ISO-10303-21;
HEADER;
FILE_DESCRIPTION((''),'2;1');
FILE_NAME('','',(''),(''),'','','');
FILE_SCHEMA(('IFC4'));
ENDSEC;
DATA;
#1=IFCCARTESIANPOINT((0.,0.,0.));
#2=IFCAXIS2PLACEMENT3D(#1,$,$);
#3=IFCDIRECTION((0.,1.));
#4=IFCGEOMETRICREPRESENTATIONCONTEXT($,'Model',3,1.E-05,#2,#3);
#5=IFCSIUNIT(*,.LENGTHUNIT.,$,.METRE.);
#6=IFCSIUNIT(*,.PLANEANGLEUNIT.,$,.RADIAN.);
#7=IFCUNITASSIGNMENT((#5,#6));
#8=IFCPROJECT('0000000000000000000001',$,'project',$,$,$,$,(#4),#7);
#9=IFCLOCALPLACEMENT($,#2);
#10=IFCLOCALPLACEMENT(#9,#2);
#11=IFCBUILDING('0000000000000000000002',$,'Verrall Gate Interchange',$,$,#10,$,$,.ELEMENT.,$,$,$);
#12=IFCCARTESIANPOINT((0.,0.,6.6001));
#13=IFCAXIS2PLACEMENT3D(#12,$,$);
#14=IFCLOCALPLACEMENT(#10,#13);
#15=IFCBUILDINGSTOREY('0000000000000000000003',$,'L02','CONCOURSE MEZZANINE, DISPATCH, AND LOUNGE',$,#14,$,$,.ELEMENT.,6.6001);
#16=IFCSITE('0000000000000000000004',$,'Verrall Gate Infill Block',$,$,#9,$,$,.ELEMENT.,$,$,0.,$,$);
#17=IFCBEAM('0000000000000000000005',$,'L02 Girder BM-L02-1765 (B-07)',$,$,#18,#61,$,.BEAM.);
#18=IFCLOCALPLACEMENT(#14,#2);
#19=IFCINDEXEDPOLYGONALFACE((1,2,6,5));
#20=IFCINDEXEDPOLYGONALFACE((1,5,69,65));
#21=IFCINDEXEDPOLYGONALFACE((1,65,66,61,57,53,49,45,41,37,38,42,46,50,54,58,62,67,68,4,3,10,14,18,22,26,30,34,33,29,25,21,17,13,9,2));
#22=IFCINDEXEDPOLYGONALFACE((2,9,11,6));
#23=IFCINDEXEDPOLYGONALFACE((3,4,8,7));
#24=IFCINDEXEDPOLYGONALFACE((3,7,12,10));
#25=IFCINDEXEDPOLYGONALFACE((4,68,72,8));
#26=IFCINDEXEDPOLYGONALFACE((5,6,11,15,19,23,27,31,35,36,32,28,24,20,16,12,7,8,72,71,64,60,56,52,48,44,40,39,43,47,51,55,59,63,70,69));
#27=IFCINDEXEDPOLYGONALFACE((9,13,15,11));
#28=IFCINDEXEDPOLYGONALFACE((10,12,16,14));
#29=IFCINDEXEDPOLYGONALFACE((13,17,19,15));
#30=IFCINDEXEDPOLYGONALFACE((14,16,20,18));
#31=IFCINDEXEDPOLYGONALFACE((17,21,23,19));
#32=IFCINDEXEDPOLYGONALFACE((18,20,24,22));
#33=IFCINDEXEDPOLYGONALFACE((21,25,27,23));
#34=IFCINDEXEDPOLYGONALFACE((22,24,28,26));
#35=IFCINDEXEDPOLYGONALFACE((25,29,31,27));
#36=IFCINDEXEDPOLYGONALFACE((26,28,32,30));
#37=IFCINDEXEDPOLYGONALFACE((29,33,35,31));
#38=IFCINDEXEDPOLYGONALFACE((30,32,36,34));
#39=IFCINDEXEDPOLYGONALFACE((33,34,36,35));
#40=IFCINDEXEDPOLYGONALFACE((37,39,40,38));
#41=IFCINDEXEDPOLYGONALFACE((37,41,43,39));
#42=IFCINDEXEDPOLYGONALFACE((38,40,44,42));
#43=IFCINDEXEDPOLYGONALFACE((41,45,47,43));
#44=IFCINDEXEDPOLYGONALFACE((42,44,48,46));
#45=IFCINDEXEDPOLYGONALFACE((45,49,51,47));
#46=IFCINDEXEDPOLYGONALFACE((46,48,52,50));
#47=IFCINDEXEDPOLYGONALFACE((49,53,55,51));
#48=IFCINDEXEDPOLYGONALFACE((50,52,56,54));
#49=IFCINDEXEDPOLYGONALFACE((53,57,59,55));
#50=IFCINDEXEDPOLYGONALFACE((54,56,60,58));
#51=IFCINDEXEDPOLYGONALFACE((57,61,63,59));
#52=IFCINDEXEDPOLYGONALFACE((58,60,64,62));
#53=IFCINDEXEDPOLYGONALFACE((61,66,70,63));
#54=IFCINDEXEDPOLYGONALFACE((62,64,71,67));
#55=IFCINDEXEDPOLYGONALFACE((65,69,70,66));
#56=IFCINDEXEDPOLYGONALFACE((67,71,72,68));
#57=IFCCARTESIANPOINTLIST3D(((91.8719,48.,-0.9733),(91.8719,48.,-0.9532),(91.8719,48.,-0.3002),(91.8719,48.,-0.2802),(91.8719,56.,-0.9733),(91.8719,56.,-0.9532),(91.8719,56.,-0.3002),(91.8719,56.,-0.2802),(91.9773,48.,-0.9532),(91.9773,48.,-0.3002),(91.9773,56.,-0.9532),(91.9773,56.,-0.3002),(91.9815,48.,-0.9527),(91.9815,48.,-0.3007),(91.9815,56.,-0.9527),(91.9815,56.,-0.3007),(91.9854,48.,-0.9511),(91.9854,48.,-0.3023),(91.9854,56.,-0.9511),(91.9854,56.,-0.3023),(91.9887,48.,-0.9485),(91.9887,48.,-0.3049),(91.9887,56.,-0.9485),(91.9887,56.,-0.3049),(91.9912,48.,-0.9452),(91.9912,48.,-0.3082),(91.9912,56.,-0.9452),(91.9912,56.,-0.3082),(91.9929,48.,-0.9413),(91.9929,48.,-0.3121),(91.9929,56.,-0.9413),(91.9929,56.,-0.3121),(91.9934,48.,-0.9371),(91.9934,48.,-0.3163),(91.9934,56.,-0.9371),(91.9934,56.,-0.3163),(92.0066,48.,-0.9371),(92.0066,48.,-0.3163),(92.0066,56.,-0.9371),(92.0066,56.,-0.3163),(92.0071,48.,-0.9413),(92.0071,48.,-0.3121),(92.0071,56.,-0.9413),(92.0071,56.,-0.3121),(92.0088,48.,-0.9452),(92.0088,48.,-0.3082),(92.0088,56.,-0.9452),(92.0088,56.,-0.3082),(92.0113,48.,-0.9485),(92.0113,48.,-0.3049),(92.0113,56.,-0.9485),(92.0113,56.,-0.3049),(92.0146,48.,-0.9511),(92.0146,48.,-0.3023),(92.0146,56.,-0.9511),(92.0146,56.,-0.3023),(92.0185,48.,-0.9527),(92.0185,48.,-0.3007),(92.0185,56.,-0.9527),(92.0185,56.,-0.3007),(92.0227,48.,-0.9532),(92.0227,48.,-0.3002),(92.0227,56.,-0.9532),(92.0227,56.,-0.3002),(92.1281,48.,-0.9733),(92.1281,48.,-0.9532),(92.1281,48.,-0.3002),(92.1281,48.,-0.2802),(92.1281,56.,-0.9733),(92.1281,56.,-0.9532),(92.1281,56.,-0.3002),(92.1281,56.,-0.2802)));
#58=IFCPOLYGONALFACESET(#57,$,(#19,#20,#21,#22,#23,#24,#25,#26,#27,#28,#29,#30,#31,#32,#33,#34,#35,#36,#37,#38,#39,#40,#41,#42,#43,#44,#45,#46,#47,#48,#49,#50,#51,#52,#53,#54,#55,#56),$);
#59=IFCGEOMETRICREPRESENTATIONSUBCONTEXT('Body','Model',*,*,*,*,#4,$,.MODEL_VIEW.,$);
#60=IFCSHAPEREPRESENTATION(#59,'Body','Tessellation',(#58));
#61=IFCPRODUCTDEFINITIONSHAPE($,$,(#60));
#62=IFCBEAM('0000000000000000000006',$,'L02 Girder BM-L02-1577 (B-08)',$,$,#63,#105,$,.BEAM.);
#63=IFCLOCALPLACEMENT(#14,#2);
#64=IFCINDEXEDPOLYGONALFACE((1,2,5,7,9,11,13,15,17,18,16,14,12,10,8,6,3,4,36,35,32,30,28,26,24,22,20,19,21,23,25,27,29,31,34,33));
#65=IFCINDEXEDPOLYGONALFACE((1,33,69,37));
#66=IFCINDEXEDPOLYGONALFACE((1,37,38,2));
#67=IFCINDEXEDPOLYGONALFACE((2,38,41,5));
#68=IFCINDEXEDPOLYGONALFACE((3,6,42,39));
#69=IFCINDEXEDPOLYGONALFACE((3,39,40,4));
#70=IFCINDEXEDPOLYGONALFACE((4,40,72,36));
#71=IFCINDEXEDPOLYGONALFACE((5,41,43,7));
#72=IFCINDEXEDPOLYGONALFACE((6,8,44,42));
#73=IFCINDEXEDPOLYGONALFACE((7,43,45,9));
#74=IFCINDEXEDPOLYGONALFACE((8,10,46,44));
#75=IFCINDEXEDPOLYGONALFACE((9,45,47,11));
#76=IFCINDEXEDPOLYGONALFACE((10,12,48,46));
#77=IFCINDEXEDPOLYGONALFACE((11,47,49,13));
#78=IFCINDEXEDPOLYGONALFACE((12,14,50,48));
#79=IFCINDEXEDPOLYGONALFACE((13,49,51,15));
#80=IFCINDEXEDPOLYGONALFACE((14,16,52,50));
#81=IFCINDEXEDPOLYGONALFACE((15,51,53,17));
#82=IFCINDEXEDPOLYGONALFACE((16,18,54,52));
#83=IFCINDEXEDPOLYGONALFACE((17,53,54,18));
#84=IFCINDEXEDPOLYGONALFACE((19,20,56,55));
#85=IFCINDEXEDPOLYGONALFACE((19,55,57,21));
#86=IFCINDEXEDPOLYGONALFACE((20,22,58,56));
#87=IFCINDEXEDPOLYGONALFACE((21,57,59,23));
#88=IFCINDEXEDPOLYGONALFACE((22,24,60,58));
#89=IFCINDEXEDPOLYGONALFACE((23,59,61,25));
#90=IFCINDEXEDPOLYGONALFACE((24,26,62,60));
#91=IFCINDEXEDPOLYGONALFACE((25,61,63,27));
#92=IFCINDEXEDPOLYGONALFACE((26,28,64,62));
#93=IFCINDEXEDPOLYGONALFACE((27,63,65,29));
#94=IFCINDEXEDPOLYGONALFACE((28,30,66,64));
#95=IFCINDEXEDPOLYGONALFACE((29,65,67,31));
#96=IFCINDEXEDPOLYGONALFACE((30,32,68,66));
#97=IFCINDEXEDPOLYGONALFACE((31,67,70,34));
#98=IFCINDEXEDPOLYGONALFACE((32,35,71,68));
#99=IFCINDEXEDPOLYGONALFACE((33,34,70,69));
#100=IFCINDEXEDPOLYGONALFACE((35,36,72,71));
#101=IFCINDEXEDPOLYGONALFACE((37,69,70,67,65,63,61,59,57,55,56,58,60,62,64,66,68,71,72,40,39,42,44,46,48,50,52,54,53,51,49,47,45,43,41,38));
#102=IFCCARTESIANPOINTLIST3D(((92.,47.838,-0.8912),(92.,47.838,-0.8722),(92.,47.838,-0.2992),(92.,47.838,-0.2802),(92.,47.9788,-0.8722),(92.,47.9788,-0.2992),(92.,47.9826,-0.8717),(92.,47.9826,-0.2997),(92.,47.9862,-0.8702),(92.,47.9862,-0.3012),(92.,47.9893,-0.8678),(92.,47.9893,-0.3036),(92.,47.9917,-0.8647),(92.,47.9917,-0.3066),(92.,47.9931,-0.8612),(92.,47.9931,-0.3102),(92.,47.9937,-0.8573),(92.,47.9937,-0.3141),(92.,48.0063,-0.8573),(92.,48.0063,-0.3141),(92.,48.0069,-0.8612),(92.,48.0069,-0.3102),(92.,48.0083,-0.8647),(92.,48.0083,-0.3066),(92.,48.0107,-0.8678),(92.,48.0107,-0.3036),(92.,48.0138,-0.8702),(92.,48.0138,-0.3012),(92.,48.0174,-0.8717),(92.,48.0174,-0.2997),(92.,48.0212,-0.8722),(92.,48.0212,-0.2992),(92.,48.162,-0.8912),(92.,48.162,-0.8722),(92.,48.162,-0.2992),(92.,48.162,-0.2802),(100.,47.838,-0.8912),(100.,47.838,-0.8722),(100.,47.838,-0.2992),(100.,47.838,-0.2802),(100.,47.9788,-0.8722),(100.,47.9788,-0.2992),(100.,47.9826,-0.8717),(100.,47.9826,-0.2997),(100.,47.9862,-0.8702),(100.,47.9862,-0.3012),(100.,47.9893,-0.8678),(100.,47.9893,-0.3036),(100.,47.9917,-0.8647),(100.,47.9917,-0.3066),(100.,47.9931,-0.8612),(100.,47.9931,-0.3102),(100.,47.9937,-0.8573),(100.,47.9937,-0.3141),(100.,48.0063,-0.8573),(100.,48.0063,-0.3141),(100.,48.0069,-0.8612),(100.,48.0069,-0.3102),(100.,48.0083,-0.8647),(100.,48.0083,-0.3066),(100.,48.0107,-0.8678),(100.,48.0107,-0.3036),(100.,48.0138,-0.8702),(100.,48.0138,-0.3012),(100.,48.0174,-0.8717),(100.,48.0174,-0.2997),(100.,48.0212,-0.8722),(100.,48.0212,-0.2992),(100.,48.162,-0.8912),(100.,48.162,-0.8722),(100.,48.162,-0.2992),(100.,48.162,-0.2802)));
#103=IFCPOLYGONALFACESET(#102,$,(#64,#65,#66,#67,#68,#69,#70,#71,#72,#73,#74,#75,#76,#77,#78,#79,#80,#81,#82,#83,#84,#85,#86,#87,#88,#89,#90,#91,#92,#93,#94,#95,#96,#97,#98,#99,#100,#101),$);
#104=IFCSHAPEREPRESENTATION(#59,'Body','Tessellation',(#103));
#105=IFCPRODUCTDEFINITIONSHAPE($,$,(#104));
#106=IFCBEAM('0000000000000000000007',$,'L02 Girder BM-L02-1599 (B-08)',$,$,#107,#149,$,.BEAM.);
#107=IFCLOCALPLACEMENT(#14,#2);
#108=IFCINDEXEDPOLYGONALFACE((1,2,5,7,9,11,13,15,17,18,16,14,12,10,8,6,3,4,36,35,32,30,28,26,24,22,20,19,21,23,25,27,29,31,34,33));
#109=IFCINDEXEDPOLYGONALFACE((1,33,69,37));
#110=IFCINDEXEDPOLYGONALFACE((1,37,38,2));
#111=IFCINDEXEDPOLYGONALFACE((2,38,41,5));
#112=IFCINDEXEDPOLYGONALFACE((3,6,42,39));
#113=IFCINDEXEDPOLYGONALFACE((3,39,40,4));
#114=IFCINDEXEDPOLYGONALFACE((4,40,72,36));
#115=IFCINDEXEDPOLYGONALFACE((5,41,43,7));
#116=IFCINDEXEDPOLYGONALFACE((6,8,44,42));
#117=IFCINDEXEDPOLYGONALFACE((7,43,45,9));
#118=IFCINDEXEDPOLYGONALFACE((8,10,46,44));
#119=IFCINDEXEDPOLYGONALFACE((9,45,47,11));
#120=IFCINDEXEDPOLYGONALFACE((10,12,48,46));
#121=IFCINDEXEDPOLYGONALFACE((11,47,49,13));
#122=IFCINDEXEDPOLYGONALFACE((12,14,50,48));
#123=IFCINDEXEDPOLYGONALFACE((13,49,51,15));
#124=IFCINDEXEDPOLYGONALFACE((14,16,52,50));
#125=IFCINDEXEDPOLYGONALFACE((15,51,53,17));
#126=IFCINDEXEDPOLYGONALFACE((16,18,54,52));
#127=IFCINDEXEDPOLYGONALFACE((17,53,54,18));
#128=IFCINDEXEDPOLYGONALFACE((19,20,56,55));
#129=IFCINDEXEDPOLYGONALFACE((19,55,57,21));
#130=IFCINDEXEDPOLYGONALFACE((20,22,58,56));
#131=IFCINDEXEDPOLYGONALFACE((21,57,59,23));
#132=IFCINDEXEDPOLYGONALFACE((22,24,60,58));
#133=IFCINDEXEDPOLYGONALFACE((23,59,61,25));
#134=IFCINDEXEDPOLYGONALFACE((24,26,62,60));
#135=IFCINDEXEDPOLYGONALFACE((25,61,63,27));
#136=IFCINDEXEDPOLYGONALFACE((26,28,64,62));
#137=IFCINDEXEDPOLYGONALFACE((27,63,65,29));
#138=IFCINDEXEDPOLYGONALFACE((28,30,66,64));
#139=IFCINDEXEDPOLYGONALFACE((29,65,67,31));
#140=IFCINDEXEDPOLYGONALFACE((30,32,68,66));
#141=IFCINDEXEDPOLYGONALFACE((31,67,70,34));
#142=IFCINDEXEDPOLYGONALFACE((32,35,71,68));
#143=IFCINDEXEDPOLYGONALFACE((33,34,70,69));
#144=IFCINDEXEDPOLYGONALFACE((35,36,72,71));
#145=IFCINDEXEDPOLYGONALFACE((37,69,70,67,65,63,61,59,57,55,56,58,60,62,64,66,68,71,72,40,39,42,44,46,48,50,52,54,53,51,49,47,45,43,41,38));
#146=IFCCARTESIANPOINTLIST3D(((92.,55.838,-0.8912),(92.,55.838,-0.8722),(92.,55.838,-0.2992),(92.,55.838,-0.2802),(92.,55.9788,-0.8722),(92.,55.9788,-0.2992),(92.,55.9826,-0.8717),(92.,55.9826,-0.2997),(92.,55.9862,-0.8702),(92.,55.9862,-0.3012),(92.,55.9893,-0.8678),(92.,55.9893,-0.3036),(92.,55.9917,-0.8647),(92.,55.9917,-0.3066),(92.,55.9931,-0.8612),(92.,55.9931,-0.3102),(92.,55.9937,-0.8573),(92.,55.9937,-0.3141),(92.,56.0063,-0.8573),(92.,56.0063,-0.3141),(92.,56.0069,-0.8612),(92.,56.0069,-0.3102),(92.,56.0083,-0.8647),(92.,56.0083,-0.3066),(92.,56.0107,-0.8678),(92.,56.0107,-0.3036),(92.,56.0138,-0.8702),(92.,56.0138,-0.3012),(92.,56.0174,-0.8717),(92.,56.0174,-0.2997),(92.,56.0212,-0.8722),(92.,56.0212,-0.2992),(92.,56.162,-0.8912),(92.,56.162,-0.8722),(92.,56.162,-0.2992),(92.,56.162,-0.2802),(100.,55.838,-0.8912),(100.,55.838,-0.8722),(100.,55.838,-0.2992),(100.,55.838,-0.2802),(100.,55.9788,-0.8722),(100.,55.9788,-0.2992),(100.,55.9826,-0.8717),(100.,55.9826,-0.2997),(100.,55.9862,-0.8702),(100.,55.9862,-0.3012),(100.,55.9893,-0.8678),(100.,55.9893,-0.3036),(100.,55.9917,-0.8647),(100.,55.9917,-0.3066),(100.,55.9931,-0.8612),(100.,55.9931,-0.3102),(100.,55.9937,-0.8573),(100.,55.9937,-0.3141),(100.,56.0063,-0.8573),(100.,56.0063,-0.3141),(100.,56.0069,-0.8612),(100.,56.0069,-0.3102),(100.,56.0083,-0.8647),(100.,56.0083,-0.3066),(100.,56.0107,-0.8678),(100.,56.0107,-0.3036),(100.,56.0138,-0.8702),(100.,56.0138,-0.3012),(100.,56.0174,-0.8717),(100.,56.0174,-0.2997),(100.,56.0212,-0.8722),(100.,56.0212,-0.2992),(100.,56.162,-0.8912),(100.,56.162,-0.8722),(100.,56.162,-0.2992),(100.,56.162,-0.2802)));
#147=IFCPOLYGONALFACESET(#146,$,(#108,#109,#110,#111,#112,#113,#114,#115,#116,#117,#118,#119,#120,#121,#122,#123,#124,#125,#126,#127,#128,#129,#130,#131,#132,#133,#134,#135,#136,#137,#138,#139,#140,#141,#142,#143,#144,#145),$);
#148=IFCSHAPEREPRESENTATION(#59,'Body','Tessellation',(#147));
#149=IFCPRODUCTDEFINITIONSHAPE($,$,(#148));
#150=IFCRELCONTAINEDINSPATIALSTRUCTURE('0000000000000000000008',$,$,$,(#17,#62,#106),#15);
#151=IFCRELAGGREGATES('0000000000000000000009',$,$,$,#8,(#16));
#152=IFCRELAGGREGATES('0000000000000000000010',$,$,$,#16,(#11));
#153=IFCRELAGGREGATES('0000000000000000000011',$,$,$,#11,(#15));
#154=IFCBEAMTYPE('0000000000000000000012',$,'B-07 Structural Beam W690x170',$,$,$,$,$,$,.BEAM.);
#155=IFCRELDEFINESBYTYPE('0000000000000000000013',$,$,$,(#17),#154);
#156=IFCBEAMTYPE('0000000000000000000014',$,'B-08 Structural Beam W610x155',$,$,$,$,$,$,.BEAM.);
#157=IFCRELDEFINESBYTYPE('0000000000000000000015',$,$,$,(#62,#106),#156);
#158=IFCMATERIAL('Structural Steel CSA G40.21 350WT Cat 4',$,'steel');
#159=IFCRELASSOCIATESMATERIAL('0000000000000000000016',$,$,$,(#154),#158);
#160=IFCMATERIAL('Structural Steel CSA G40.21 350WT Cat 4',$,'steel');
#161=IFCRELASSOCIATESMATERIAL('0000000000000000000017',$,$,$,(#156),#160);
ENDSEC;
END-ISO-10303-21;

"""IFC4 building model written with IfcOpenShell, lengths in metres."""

from ifc_helpers import new_model, si_unit, direction, frame, origin, origin_2d, place, context, subcontext, project, spatial, i_section, extrude, material, material_profile, profile_set, type_object, element, save


model = new_model("IFC4")

# Units and contexts
model_context = context("Model", 3, precision=1e-05, world=origin(), true_north=direction((0.0, 1.0)))
body_context = subcontext(model_context, "Body", "Model", "MODEL_VIEW")
ifc_project = project(units=[si_unit("LENGTHUNIT", "METRE"), si_unit("PLANEANGLEUNIT", "RADIAN")], contexts=[model_context])

# Site, building, storey
site_placement = place(None, origin())
site = spatial("IfcSite", under=ifc_project, at=site_placement, Name="Verrall Gate Infill Block", CompositionType="ELEMENT", RefElevation=0.0)
building_placement = place(site_placement, origin())
building = spatial("IfcBuilding", under=site, at=building_placement, Name="Verrall Gate Interchange", CompositionType="ELEMENT")
storey_placement = place(building_placement, frame((0.0, 0.0, 6.6001)))
storey = spatial("IfcBuildingStorey", under=building, at=storey_placement, Name="L02", Description="CONCOURSE MEZZANINE, DISPATCH, AND LOUNGE", CompositionType="ELEMENT", Elevation=6.6001)

# Beams
ifc_material_1 = material(Name="Structural Steel CSA G40.21 350WT Cat 4", Category="steel")
ifc_material_profile_1 = material_profile(ifc_material_1, i_section(OverallWidth=0.2561, OverallDepth=0.6931, WebThickness=0.0132, FlangeThickness=0.02, FilletRadius=0.0161, at=origin_2d()), Name="W690x170")
ifc_profile_set_1 = profile_set([ifc_material_profile_1], Name="Structural Steel CSA G40.21 350WT Cat 4")
beam_type_1 = type_object("IfcBeamType", Name="B-07 Structural Beam W690x170", PredefinedType="BEAM", material=ifc_profile_set_1)
beam_1_placement = place(storey_placement, frame((92.0, 48.0, -0.6267), z_axis=(0.0, 1.0, 0.0), x_axis=(-1.0, 0.0, 0.0)))
element("IfcBeam", 1, at=beam_1_placement, inside=storey, type_object=beam_type_1, Name="L02 Girder BM-L02-1765 (B-07)", PredefinedType="BEAM", context=body_context, shape_type="SweptSolid", body=[
    extrude(i_section(OverallWidth=0.2561, OverallDepth=0.6931, WebThickness=0.0132, FlangeThickness=0.02, FilletRadius=0.0161, at=origin_2d()), origin(), (0.0, 0.0, 1.0), 8.0),
])
ifc_material_2 = material(Name="Structural Steel CSA G40.21 350WT Cat 4", Category="steel")
ifc_material_profile_2 = material_profile(ifc_material_2, i_section(OverallWidth=0.324, OverallDepth=0.6111, WebThickness=0.0127, FlangeThickness=0.019, FilletRadius=0.0149, at=origin_2d()), Name="W610x155")
ifc_profile_set_2 = profile_set([ifc_material_profile_2], Name="Structural Steel CSA G40.21 350WT Cat 4")
beam_type_2 = type_object("IfcBeamType", Name="B-08 Structural Beam W610x155", PredefinedType="BEAM", material=ifc_profile_set_2)
for number, where, z_axis, x_axis, name in (
    (2, (92.0, 48.0, -0.5857), (1.0, 0.0, 0.0), (0.0, 1.0, 0.0), "L02 Girder BM-L02-1577 (B-08)"),
    (3, (92.0, 56.0, -0.5857), (1.0, 0.0, 0.0), (0.0, 1.0, 0.0), "L02 Girder BM-L02-1599 (B-08)"),
):
    element("IfcBeam", number, at=place(storey_placement, frame(where, z_axis=z_axis, x_axis=x_axis)), inside=storey, type_object=beam_type_2, Name=name, PredefinedType="BEAM", context=body_context, shape_type="SweptSolid", body=[
        extrude(i_section(OverallWidth=0.324, OverallDepth=0.6111, WebThickness=0.0127, FlangeThickness=0.019, FilletRadius=0.0149, at=origin_2d()), origin(), (0.0, 0.0, 1.0), 8.0),
    ])

save(model, "model.ifc")
